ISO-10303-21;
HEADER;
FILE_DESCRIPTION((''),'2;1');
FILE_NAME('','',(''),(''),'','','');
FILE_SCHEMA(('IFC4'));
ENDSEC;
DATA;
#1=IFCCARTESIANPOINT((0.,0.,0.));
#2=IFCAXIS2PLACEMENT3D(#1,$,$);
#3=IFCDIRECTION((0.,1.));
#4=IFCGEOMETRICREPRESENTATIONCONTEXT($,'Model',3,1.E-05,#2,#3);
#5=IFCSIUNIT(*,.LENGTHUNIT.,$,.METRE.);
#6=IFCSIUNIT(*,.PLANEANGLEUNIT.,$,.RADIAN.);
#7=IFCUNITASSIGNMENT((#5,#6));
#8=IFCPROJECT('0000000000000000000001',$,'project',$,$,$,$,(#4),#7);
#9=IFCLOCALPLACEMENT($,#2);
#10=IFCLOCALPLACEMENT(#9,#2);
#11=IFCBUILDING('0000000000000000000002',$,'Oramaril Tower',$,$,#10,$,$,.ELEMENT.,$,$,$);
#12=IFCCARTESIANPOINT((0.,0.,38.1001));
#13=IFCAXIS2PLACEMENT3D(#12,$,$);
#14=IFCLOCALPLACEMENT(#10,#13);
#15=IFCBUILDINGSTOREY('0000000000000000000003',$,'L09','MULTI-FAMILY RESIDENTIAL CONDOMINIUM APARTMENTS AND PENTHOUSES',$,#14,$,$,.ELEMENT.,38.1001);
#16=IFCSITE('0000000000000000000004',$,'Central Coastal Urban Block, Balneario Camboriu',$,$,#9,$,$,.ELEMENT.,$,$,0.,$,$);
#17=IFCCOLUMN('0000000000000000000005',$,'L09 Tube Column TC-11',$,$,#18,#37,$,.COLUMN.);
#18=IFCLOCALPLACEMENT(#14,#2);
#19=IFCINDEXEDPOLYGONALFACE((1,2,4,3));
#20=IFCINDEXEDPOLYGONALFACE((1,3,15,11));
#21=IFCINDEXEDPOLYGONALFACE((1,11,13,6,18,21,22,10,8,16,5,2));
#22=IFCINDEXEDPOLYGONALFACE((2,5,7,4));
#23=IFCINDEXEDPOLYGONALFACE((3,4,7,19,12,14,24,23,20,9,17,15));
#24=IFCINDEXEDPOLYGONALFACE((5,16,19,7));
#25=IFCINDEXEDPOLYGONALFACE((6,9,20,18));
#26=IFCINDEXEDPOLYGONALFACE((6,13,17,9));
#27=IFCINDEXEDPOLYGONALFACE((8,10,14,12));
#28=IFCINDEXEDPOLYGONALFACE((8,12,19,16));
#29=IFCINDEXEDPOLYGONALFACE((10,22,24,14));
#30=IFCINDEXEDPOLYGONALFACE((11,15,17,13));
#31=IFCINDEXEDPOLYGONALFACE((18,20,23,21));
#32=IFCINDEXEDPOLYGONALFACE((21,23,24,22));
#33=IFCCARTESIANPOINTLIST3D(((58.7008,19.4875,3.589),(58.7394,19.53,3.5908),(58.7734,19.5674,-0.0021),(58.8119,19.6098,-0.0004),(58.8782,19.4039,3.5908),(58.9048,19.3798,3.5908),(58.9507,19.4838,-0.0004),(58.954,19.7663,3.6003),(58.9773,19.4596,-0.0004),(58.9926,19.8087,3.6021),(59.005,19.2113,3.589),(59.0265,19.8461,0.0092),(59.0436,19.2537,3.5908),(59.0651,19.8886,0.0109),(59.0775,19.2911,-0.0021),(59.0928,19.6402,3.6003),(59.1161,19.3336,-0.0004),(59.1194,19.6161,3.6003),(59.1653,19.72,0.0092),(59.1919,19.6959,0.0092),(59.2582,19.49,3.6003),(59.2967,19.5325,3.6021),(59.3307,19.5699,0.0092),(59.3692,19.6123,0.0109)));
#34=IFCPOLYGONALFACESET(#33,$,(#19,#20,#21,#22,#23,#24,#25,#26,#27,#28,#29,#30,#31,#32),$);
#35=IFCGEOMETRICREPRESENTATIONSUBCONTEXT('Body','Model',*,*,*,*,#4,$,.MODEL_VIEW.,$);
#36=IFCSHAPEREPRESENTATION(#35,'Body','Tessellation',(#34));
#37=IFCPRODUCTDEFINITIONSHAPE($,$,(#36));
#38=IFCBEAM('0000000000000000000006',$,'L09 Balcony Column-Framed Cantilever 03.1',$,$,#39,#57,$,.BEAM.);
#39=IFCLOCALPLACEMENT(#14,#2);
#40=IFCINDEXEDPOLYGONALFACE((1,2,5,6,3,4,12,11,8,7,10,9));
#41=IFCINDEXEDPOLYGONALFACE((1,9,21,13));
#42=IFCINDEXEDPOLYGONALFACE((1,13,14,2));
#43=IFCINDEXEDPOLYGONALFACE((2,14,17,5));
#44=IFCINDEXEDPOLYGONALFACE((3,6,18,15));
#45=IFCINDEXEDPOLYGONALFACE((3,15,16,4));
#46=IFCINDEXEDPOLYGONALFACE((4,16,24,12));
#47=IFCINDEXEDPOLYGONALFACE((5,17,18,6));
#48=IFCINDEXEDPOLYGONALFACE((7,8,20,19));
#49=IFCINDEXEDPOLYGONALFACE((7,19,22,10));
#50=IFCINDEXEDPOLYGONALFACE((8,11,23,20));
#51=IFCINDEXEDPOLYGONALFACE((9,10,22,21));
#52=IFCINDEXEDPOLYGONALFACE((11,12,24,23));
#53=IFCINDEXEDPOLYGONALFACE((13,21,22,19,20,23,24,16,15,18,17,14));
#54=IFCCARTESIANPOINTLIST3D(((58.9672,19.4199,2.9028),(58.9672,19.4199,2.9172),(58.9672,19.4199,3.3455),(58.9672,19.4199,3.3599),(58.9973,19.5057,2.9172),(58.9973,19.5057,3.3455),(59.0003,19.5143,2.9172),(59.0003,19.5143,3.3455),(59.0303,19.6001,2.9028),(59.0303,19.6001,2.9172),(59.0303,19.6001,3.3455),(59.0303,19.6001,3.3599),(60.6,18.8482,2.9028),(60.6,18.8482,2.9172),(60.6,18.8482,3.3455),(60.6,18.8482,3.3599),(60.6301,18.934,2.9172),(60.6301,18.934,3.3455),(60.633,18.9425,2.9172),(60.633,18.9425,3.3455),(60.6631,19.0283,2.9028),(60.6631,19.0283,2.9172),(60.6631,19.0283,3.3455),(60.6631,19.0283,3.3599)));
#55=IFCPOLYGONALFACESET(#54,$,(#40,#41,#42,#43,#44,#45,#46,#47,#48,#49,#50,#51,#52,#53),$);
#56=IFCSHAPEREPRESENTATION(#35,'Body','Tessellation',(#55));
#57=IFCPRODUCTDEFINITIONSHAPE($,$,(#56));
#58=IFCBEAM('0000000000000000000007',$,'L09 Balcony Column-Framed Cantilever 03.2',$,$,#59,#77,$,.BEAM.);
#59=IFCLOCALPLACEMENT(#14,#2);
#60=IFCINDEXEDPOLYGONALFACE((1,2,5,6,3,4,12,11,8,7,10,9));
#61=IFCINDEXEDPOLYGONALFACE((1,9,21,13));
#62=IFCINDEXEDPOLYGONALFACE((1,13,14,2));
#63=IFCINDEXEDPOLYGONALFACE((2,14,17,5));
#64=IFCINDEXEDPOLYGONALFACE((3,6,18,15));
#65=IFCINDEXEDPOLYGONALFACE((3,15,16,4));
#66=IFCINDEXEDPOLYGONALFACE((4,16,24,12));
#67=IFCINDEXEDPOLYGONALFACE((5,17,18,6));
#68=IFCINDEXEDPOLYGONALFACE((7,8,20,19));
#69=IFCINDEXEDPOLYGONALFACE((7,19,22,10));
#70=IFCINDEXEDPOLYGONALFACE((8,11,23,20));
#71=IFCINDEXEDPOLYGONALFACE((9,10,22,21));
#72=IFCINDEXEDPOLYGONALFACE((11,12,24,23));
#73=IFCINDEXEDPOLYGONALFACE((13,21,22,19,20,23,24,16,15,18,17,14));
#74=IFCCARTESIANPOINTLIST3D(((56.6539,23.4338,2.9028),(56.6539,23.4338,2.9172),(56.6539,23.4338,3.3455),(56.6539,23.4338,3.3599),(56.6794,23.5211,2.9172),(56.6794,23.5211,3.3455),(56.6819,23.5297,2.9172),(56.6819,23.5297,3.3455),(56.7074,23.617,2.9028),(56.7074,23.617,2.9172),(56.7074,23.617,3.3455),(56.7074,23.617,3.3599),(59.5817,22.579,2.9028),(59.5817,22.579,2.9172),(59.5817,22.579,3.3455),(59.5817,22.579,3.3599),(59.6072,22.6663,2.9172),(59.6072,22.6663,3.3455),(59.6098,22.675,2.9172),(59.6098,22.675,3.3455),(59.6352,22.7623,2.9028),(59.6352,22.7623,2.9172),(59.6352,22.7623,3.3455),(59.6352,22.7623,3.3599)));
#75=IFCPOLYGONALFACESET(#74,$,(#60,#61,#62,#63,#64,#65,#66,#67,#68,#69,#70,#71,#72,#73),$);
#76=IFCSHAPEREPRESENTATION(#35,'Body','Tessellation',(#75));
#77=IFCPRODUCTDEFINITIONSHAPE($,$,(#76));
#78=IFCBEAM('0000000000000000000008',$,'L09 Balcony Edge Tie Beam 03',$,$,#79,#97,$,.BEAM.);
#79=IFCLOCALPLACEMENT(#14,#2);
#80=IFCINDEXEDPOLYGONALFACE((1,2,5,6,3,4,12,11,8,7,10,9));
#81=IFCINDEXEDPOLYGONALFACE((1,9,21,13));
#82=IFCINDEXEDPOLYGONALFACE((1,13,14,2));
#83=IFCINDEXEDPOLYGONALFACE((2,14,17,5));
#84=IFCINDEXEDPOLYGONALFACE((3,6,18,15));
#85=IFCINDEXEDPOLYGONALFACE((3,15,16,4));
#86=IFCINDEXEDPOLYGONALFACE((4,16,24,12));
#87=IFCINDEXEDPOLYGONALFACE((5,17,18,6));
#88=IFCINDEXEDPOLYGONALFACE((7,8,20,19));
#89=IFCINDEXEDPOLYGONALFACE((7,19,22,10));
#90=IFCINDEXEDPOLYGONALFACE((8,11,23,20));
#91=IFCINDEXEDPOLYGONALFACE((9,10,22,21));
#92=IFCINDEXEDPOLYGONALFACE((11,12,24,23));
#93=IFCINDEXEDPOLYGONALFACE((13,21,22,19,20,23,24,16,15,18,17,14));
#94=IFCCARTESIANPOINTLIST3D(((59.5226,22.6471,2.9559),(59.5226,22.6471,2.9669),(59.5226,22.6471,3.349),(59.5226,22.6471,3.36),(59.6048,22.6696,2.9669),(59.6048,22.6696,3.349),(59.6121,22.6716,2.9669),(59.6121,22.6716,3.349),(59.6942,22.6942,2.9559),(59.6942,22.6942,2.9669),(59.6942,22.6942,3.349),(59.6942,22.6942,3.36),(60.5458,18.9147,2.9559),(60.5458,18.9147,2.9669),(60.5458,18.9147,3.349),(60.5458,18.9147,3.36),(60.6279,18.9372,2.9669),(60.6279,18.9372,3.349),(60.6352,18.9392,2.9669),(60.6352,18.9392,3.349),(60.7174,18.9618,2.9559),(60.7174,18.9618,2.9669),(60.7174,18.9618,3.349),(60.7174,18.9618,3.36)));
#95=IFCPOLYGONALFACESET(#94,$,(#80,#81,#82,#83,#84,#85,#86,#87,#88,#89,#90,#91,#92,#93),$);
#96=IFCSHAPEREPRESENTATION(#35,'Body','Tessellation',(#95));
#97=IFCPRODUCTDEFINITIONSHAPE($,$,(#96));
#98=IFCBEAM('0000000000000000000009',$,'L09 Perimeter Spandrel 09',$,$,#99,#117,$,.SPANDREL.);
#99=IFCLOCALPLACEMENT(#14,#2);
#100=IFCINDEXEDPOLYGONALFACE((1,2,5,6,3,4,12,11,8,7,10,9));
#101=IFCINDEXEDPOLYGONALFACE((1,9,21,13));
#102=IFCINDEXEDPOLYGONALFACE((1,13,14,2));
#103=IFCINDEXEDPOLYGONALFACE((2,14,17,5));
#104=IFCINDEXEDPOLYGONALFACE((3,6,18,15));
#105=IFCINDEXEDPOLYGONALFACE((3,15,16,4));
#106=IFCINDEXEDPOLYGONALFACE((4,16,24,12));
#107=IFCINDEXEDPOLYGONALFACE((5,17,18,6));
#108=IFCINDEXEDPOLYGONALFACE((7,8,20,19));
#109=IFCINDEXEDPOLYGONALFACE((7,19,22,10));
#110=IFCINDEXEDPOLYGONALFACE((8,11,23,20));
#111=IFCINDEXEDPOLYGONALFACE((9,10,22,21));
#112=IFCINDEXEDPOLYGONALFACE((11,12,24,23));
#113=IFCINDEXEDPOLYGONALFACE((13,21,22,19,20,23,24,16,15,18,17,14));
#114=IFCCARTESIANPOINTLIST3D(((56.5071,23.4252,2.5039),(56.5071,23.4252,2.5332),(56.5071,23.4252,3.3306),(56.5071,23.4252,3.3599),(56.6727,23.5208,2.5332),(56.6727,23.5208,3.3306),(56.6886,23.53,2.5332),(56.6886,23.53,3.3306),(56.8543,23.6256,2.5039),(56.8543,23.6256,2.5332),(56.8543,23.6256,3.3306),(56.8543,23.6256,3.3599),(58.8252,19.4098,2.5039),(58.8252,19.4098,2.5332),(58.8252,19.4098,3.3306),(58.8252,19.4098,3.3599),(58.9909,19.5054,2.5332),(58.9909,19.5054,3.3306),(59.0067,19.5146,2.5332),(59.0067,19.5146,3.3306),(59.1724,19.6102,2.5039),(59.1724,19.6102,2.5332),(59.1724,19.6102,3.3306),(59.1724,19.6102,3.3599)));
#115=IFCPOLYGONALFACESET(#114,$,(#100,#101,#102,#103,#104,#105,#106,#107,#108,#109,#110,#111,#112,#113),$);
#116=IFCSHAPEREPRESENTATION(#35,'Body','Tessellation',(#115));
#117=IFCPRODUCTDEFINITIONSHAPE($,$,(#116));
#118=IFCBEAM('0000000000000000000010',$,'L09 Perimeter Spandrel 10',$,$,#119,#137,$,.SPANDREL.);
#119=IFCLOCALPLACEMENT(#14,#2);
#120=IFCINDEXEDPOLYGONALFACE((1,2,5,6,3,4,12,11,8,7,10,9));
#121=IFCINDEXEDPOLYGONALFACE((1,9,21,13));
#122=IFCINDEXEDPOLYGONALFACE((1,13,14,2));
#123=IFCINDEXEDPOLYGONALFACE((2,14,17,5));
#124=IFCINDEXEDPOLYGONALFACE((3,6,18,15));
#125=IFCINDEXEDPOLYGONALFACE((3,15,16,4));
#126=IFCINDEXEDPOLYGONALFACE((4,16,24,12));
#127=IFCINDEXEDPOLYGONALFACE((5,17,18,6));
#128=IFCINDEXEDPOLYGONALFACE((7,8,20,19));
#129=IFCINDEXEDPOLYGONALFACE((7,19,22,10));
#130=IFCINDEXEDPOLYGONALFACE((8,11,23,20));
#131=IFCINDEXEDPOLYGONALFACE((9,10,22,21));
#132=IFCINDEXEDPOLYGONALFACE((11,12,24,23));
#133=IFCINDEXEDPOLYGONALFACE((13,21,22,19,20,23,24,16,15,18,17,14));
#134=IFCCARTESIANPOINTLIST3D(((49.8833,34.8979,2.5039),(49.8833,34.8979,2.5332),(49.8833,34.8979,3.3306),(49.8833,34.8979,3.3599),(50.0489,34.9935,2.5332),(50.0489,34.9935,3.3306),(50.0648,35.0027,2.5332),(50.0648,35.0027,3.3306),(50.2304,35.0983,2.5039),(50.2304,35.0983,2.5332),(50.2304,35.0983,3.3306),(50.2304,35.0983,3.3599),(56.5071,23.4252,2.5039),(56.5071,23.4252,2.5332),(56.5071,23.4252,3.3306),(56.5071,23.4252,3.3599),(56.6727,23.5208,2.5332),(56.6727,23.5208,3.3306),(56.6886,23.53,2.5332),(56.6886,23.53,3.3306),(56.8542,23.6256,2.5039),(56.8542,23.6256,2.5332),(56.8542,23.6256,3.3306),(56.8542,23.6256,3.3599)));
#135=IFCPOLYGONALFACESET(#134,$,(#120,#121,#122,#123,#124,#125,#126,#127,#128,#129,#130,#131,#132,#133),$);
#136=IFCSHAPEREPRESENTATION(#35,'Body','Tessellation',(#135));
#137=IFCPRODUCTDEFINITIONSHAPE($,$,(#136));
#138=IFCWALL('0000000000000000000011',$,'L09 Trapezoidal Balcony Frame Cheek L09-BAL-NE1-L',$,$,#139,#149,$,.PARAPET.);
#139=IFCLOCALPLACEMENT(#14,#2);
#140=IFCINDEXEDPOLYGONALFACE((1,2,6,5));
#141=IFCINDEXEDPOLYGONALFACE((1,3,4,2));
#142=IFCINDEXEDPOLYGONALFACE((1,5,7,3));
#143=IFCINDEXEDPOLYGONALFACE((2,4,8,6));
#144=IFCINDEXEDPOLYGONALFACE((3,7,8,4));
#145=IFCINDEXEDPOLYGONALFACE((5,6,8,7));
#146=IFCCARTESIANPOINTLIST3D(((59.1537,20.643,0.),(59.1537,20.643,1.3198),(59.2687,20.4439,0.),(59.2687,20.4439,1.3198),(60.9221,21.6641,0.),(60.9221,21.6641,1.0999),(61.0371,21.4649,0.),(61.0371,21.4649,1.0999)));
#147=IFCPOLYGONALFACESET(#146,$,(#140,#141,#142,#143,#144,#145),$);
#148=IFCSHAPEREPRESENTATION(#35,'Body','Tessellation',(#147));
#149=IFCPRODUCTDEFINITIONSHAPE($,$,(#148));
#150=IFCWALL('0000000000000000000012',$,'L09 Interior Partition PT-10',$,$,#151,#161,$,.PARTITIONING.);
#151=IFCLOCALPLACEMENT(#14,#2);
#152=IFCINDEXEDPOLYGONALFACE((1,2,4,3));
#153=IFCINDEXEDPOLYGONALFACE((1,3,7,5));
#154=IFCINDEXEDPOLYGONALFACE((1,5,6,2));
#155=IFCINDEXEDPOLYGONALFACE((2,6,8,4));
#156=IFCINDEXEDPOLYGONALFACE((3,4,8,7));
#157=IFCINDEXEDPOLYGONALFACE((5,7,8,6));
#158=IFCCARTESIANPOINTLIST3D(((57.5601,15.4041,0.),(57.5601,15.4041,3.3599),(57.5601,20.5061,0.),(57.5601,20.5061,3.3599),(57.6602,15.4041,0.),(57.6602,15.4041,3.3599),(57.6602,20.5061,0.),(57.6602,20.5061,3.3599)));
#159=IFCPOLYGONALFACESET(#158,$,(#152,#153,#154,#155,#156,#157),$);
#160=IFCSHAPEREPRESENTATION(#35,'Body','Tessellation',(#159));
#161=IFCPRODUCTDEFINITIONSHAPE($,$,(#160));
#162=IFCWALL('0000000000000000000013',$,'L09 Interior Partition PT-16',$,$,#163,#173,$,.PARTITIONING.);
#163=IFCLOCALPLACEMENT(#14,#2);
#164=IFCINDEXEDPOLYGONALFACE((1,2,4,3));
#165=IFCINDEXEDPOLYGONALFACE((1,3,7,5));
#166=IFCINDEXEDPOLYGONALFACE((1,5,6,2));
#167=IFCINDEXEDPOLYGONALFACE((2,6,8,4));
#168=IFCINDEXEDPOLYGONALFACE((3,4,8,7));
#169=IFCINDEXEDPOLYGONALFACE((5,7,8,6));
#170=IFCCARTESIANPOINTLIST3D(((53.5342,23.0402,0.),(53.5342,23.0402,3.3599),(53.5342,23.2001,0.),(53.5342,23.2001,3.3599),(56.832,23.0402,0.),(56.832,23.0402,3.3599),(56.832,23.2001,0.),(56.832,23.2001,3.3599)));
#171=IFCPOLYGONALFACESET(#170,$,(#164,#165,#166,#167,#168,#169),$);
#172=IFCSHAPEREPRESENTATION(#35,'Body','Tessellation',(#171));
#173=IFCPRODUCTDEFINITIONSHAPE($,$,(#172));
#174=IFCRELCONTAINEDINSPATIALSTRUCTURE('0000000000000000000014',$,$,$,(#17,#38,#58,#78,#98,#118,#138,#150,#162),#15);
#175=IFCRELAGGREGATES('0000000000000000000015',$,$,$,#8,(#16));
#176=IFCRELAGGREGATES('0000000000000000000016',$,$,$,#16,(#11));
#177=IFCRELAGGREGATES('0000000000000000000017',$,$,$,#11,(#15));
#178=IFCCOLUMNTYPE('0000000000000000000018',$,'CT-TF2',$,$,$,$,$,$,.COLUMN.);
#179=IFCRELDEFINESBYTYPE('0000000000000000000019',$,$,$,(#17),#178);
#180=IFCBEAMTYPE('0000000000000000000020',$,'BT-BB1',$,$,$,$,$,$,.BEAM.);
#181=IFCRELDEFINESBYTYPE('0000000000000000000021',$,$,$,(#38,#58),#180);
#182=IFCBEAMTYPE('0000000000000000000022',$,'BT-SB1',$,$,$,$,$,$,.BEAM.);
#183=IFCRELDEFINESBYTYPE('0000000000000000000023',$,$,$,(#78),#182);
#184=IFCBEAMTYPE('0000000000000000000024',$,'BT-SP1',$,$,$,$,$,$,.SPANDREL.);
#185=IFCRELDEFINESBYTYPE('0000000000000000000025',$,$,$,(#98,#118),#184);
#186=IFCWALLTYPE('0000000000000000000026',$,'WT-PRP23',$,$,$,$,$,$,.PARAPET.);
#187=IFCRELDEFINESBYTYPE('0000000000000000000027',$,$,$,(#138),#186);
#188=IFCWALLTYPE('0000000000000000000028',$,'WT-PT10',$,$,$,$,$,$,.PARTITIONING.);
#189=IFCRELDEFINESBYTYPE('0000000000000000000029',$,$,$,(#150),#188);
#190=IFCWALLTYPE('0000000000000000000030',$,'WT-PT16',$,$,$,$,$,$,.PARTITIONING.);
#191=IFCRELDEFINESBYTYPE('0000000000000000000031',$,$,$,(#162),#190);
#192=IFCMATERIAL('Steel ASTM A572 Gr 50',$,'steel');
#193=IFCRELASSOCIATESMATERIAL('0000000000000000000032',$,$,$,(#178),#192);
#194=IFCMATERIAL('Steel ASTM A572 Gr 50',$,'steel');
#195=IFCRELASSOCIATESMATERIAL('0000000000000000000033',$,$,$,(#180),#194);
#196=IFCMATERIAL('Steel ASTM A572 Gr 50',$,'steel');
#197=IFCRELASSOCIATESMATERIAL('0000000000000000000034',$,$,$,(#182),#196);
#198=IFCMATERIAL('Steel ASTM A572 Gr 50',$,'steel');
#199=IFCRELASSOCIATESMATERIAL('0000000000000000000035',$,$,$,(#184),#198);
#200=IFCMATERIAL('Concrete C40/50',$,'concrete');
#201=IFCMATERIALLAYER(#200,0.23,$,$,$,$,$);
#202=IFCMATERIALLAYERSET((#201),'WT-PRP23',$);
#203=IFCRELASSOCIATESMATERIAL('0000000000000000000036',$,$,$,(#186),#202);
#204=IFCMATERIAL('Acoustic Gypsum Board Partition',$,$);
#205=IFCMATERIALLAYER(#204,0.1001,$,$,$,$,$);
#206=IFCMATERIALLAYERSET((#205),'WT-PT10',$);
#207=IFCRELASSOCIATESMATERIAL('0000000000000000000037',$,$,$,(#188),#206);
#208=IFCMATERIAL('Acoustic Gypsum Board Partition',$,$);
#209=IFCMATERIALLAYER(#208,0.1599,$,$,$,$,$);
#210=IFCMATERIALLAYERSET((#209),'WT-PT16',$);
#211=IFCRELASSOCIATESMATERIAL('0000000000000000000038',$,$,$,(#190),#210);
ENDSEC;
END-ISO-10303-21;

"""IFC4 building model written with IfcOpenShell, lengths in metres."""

from ifc_helpers import new_model, si_unit, direction, frame, frame_2d, origin, origin_2d, place, context, subcontext, project, spatial, polyline, rectangle, i_section, outline, extrude, material, layer, layer_set, material_profile, profile_set, type_object, element, save


model = new_model("IFC4")

# Units and contexts
model_context = context("Model", 3, precision=1e-05, world=origin(), true_north=direction((0.0, 1.0)))
body_context = subcontext(model_context, "Body", "Model", "MODEL_VIEW")
ifc_project = project(units=[si_unit("LENGTHUNIT", "METRE"), si_unit("PLANEANGLEUNIT", "RADIAN")], contexts=[model_context])

# Site, building, storey
site_placement = place(None, origin())
site = spatial("IfcSite", under=ifc_project, at=site_placement, Name="Central Coastal Urban Block, Balneario Camboriu", CompositionType="ELEMENT", RefElevation=0.0)
building_placement = place(site_placement, origin())
building = spatial("IfcBuilding", under=site, at=building_placement, Name="Oramaril Tower", CompositionType="ELEMENT")
storey_placement = place(building_placement, frame((0.0, 0.0, 38.1001)))
storey = spatial("IfcBuildingStorey", under=building, at=storey_placement, Name="L09", Description="MULTI-FAMILY RESIDENTIAL CONDOMINIUM APARTMENTS AND PENTHOUSES", CompositionType="ELEMENT", Elevation=38.1001)

# Column
ifc_material_1 = material(Name="Steel ASTM A572 Gr 50", Category="steel")
ifc_material_profile_1 = material_profile(ifc_material_1, i_section(OverallWidth=0.4109, OverallDepth=0.4341, WebThickness=0.0359, FlangeThickness=0.0574, at=origin_2d()), Name="W14X311")
ifc_profile_set_1 = profile_set([ifc_material_profile_1], Name="Steel ASTM A572 Gr 50")
column_type = type_object("IfcColumnType", Name="CT-TF2", PredefinedType="COLUMN", material=ifc_profile_set_1)
column_placement = place(storey_placement, frame((59.0713, 19.5898, 0.0044), z_axis=(-0.020183, -0.022221, 0.999549), x_axis=(0.740247, -0.672335, 0.0)))
element("IfcColumn", 1, at=column_placement, inside=storey, type_object=column_type, Name="L09 Tube Column TC-11", PredefinedType="COLUMN", context=body_context, shape_type="SweptSolid", body=[
    extrude(i_section(OverallWidth=0.4109, OverallDepth=0.4341, WebThickness=0.0359, FlangeThickness=0.0574, at=origin_2d()), origin(), (0.0, 0.0, 1.0), 3.5928),
])

# Beams
ifc_material_2 = material(Name="Steel ASTM A572 Gr 50", Category="steel")
ifc_material_profile_2 = material_profile(ifc_material_2, i_section(OverallWidth=0.1909, OverallDepth=0.457, WebThickness=0.009, FlangeThickness=0.0144, at=origin_2d()), Name="W18X50")
ifc_profile_set_2 = profile_set([ifc_material_profile_2], Name="Steel ASTM A572 Gr 50")
beam_type_1 = type_object("IfcBeamType", Name="BT-BB1", PredefinedType="BEAM", material=ifc_profile_set_2)
beam_1_placement = place(storey_placement, frame((58.9988, 19.51, 3.1313), z_axis=(0.943806, -0.330501, 0.0), x_axis=(0.330501, 0.943806, 0.0)))
element("IfcBeam", 2, at=beam_1_placement, inside=storey, type_object=beam_type_1, Name="L09 Balcony Column-Framed Cantilever 03.1", PredefinedType="BEAM", context=body_context, shape_type="SweptSolid", body=[
    extrude(i_section(OverallWidth=0.1909, OverallDepth=0.457, WebThickness=0.009, FlangeThickness=0.0144, at=origin_2d()), origin(), (0.0, 0.0, 1.0), 1.73),
])
beam_2_placement = place(storey_placement, frame((56.6807, 23.5254, 3.1313), z_axis=(0.959928, -0.280246, 0.0), x_axis=(0.280246, 0.959928, 0.0)))
element("IfcBeam", 3, at=beam_2_placement, inside=storey, type_object=beam_type_1, Name="L09 Balcony Column-Framed Cantilever 03.2", PredefinedType="BEAM", context=body_context, shape_type="SweptSolid", body=[
    extrude(i_section(OverallWidth=0.1909, OverallDepth=0.457, WebThickness=0.009, FlangeThickness=0.0144, at=origin_2d()), origin(), (0.0, 0.0, 1.0), 3.05),
])
ifc_material_3 = material(Name="Steel ASTM A572 Gr 50", Category="steel")
ifc_material_profile_3 = material_profile(ifc_material_3, i_section(OverallWidth=0.178, OverallDepth=0.4041, WebThickness=0.0076, FlangeThickness=0.011, at=origin_2d()), Name="W16X36")
ifc_profile_set_3 = profile_set([ifc_material_profile_3], Name="Steel ASTM A572 Gr 50")
beam_type_2 = type_object("IfcBeamType", Name="BT-SB1", PredefinedType="BEAM", material=ifc_profile_set_3)
beam_3_placement = place(storey_placement, frame((60.6316, 18.9382, 3.158), z_axis=(-0.264382, 0.964418, 0.0), x_axis=(-0.964418, -0.264382, 0.0)))
element("IfcBeam", 4, at=beam_3_placement, inside=storey, type_object=beam_type_2, Name="L09 Balcony Edge Tie Beam 03", PredefinedType="BEAM", context=body_context, shape_type="SweptSolid", body=[
    extrude(i_section(OverallWidth=0.178, OverallDepth=0.4041, WebThickness=0.0076, FlangeThickness=0.011, at=origin_2d()), origin(), (0.0, 0.0, 1.0), 3.8701),
])
ifc_material_4 = material(Name="Steel ASTM A572 Gr 50", Category="steel")
ifc_material_profile_4 = material_profile(ifc_material_4, i_section(OverallWidth=0.4009, OverallDepth=0.856, WebThickness=0.0183, FlangeThickness=0.0293, at=origin_2d()), Name="W33X201")
ifc_profile_set_4 = profile_set([ifc_material_profile_4], Name="Steel ASTM A572 Gr 50")
beam_type_3 = type_object("IfcBeamType", Name="BT-SP1", PredefinedType="SPANDREL", material=ifc_profile_set_4)
beam_4_placement = place(storey_placement, frame((58.9988, 19.51, 2.9319), z_axis=(-0.499973, 0.866041, 0.0), x_axis=(-0.866041, -0.499973, 0.0)))
element("IfcBeam", 5, at=beam_4_placement, inside=storey, type_object=beam_type_3, Name="L09 Perimeter Spandrel 09", PredefinedType="SPANDREL", context=body_context, shape_type="SweptSolid", body=[
    extrude(i_section(OverallWidth=0.4009, OverallDepth=0.856, WebThickness=0.0183, FlangeThickness=0.0293, at=origin_2d()), origin(), (0.0, 0.0, 1.0), 4.6365),
])
beam_5_placement = place(storey_placement, frame((56.6807, 23.5254, 2.9319), z_axis=(-0.500002, 0.866024, 0.0), x_axis=(-0.866024, -0.500002, 0.0)))
element("IfcBeam", 6, at=beam_5_placement, inside=storey, type_object=beam_type_3, Name="L09 Perimeter Spandrel 10", PredefinedType="SPANDREL", context=body_context, shape_type="SweptSolid", body=[
    extrude(i_section(OverallWidth=0.4009, OverallDepth=0.856, WebThickness=0.0183, FlangeThickness=0.0293, at=origin_2d()), origin(), (0.0, 0.0, 1.0), 13.2476),
])

# Walls
ifc_material_5 = material(Name="Concrete C40/50", Category="concrete")
ifc_layer_1 = layer(ifc_material_5, 0.23)
ifc_layer_set_1 = layer_set([ifc_layer_1], Name="WT-PRP23")
wall_type_1 = type_object("IfcWallType", Name="WT-PRP23", PredefinedType="PARAPET", material=ifc_layer_set_1)
wall_1_placement = place(storey_placement, frame((59.2112, 20.5435, 0.0), z_axis=(0.0, 0.0, 1.0), x_axis=(0.866012, 0.500023, 0.0)))
element("IfcWall", 7, at=wall_1_placement, inside=storey, type_object=wall_type_1, Name="L09 Trapezoidal Balcony Frame Cheek L09-BAL-NE1-L", PredefinedType="PARAPET", context=body_context, shape_type="SweptSolid", body=[
    extrude(outline(polyline([(0.0, 0.0), (2.042, 0.0), (2.042, 1.0999), (0.0, 1.3198), (0.0, 0.0)])), frame((0.0, 0.115, 0.0), z_axis=(0.0, -1.0, 0.0), x_axis=(1.0, 0.0, 0.0)), (0.0, 0.0, 1.0), 0.23),
])
ifc_material_6 = material(Name="Acoustic Gypsum Board Partition")
ifc_layer_2 = layer(ifc_material_6, 0.1001)
ifc_layer_set_2 = layer_set([ifc_layer_2], Name="WT-PT10")
wall_type_2 = type_object("IfcWallType", Name="WT-PT10", PredefinedType="PARTITIONING", material=ifc_layer_set_2)
wall_2_placement = place(storey_placement, frame((57.6101, 15.4041, 0.0), z_axis=(0.0, 0.0, 1.0), x_axis=(0.0, 1.0, 0.0)))
element("IfcWall", 8, at=wall_2_placement, inside=storey, type_object=wall_type_2, Name="L09 Interior Partition PT-10", PredefinedType="PARTITIONING", context=body_context, shape_type="SweptSolid", body=[
    extrude(rectangle(XDim=5.1021, YDim=0.1001, at=frame_2d((2.551, 0.0))), origin(), (0.0, 0.0, 1.0), 3.3599),
])
ifc_material_7 = material(Name="Acoustic Gypsum Board Partition")
ifc_layer_3 = layer(ifc_material_7, 0.1599)
ifc_layer_set_3 = layer_set([ifc_layer_3], Name="WT-PT16")
wall_type_3 = type_object("IfcWallType", Name="WT-PT16", PredefinedType="PARTITIONING", material=ifc_layer_set_3)
wall_3_placement = place(storey_placement, frame((53.5342, 23.1201, 0.0), z_axis=(0.0, 0.0, 1.0), x_axis=(1.0, 0.0, 0.0)))
element("IfcWall", 9, at=wall_3_placement, inside=storey, type_object=wall_type_3, Name="L09 Interior Partition PT-16", PredefinedType="PARTITIONING", context=body_context, shape_type="SweptSolid", body=[
    extrude(rectangle(XDim=3.2979, YDim=0.1599, at=frame_2d((1.6489, 0.0))), origin(), (0.0, 0.0, 1.0), 3.3599),
])

save(model, "model.ifc")
